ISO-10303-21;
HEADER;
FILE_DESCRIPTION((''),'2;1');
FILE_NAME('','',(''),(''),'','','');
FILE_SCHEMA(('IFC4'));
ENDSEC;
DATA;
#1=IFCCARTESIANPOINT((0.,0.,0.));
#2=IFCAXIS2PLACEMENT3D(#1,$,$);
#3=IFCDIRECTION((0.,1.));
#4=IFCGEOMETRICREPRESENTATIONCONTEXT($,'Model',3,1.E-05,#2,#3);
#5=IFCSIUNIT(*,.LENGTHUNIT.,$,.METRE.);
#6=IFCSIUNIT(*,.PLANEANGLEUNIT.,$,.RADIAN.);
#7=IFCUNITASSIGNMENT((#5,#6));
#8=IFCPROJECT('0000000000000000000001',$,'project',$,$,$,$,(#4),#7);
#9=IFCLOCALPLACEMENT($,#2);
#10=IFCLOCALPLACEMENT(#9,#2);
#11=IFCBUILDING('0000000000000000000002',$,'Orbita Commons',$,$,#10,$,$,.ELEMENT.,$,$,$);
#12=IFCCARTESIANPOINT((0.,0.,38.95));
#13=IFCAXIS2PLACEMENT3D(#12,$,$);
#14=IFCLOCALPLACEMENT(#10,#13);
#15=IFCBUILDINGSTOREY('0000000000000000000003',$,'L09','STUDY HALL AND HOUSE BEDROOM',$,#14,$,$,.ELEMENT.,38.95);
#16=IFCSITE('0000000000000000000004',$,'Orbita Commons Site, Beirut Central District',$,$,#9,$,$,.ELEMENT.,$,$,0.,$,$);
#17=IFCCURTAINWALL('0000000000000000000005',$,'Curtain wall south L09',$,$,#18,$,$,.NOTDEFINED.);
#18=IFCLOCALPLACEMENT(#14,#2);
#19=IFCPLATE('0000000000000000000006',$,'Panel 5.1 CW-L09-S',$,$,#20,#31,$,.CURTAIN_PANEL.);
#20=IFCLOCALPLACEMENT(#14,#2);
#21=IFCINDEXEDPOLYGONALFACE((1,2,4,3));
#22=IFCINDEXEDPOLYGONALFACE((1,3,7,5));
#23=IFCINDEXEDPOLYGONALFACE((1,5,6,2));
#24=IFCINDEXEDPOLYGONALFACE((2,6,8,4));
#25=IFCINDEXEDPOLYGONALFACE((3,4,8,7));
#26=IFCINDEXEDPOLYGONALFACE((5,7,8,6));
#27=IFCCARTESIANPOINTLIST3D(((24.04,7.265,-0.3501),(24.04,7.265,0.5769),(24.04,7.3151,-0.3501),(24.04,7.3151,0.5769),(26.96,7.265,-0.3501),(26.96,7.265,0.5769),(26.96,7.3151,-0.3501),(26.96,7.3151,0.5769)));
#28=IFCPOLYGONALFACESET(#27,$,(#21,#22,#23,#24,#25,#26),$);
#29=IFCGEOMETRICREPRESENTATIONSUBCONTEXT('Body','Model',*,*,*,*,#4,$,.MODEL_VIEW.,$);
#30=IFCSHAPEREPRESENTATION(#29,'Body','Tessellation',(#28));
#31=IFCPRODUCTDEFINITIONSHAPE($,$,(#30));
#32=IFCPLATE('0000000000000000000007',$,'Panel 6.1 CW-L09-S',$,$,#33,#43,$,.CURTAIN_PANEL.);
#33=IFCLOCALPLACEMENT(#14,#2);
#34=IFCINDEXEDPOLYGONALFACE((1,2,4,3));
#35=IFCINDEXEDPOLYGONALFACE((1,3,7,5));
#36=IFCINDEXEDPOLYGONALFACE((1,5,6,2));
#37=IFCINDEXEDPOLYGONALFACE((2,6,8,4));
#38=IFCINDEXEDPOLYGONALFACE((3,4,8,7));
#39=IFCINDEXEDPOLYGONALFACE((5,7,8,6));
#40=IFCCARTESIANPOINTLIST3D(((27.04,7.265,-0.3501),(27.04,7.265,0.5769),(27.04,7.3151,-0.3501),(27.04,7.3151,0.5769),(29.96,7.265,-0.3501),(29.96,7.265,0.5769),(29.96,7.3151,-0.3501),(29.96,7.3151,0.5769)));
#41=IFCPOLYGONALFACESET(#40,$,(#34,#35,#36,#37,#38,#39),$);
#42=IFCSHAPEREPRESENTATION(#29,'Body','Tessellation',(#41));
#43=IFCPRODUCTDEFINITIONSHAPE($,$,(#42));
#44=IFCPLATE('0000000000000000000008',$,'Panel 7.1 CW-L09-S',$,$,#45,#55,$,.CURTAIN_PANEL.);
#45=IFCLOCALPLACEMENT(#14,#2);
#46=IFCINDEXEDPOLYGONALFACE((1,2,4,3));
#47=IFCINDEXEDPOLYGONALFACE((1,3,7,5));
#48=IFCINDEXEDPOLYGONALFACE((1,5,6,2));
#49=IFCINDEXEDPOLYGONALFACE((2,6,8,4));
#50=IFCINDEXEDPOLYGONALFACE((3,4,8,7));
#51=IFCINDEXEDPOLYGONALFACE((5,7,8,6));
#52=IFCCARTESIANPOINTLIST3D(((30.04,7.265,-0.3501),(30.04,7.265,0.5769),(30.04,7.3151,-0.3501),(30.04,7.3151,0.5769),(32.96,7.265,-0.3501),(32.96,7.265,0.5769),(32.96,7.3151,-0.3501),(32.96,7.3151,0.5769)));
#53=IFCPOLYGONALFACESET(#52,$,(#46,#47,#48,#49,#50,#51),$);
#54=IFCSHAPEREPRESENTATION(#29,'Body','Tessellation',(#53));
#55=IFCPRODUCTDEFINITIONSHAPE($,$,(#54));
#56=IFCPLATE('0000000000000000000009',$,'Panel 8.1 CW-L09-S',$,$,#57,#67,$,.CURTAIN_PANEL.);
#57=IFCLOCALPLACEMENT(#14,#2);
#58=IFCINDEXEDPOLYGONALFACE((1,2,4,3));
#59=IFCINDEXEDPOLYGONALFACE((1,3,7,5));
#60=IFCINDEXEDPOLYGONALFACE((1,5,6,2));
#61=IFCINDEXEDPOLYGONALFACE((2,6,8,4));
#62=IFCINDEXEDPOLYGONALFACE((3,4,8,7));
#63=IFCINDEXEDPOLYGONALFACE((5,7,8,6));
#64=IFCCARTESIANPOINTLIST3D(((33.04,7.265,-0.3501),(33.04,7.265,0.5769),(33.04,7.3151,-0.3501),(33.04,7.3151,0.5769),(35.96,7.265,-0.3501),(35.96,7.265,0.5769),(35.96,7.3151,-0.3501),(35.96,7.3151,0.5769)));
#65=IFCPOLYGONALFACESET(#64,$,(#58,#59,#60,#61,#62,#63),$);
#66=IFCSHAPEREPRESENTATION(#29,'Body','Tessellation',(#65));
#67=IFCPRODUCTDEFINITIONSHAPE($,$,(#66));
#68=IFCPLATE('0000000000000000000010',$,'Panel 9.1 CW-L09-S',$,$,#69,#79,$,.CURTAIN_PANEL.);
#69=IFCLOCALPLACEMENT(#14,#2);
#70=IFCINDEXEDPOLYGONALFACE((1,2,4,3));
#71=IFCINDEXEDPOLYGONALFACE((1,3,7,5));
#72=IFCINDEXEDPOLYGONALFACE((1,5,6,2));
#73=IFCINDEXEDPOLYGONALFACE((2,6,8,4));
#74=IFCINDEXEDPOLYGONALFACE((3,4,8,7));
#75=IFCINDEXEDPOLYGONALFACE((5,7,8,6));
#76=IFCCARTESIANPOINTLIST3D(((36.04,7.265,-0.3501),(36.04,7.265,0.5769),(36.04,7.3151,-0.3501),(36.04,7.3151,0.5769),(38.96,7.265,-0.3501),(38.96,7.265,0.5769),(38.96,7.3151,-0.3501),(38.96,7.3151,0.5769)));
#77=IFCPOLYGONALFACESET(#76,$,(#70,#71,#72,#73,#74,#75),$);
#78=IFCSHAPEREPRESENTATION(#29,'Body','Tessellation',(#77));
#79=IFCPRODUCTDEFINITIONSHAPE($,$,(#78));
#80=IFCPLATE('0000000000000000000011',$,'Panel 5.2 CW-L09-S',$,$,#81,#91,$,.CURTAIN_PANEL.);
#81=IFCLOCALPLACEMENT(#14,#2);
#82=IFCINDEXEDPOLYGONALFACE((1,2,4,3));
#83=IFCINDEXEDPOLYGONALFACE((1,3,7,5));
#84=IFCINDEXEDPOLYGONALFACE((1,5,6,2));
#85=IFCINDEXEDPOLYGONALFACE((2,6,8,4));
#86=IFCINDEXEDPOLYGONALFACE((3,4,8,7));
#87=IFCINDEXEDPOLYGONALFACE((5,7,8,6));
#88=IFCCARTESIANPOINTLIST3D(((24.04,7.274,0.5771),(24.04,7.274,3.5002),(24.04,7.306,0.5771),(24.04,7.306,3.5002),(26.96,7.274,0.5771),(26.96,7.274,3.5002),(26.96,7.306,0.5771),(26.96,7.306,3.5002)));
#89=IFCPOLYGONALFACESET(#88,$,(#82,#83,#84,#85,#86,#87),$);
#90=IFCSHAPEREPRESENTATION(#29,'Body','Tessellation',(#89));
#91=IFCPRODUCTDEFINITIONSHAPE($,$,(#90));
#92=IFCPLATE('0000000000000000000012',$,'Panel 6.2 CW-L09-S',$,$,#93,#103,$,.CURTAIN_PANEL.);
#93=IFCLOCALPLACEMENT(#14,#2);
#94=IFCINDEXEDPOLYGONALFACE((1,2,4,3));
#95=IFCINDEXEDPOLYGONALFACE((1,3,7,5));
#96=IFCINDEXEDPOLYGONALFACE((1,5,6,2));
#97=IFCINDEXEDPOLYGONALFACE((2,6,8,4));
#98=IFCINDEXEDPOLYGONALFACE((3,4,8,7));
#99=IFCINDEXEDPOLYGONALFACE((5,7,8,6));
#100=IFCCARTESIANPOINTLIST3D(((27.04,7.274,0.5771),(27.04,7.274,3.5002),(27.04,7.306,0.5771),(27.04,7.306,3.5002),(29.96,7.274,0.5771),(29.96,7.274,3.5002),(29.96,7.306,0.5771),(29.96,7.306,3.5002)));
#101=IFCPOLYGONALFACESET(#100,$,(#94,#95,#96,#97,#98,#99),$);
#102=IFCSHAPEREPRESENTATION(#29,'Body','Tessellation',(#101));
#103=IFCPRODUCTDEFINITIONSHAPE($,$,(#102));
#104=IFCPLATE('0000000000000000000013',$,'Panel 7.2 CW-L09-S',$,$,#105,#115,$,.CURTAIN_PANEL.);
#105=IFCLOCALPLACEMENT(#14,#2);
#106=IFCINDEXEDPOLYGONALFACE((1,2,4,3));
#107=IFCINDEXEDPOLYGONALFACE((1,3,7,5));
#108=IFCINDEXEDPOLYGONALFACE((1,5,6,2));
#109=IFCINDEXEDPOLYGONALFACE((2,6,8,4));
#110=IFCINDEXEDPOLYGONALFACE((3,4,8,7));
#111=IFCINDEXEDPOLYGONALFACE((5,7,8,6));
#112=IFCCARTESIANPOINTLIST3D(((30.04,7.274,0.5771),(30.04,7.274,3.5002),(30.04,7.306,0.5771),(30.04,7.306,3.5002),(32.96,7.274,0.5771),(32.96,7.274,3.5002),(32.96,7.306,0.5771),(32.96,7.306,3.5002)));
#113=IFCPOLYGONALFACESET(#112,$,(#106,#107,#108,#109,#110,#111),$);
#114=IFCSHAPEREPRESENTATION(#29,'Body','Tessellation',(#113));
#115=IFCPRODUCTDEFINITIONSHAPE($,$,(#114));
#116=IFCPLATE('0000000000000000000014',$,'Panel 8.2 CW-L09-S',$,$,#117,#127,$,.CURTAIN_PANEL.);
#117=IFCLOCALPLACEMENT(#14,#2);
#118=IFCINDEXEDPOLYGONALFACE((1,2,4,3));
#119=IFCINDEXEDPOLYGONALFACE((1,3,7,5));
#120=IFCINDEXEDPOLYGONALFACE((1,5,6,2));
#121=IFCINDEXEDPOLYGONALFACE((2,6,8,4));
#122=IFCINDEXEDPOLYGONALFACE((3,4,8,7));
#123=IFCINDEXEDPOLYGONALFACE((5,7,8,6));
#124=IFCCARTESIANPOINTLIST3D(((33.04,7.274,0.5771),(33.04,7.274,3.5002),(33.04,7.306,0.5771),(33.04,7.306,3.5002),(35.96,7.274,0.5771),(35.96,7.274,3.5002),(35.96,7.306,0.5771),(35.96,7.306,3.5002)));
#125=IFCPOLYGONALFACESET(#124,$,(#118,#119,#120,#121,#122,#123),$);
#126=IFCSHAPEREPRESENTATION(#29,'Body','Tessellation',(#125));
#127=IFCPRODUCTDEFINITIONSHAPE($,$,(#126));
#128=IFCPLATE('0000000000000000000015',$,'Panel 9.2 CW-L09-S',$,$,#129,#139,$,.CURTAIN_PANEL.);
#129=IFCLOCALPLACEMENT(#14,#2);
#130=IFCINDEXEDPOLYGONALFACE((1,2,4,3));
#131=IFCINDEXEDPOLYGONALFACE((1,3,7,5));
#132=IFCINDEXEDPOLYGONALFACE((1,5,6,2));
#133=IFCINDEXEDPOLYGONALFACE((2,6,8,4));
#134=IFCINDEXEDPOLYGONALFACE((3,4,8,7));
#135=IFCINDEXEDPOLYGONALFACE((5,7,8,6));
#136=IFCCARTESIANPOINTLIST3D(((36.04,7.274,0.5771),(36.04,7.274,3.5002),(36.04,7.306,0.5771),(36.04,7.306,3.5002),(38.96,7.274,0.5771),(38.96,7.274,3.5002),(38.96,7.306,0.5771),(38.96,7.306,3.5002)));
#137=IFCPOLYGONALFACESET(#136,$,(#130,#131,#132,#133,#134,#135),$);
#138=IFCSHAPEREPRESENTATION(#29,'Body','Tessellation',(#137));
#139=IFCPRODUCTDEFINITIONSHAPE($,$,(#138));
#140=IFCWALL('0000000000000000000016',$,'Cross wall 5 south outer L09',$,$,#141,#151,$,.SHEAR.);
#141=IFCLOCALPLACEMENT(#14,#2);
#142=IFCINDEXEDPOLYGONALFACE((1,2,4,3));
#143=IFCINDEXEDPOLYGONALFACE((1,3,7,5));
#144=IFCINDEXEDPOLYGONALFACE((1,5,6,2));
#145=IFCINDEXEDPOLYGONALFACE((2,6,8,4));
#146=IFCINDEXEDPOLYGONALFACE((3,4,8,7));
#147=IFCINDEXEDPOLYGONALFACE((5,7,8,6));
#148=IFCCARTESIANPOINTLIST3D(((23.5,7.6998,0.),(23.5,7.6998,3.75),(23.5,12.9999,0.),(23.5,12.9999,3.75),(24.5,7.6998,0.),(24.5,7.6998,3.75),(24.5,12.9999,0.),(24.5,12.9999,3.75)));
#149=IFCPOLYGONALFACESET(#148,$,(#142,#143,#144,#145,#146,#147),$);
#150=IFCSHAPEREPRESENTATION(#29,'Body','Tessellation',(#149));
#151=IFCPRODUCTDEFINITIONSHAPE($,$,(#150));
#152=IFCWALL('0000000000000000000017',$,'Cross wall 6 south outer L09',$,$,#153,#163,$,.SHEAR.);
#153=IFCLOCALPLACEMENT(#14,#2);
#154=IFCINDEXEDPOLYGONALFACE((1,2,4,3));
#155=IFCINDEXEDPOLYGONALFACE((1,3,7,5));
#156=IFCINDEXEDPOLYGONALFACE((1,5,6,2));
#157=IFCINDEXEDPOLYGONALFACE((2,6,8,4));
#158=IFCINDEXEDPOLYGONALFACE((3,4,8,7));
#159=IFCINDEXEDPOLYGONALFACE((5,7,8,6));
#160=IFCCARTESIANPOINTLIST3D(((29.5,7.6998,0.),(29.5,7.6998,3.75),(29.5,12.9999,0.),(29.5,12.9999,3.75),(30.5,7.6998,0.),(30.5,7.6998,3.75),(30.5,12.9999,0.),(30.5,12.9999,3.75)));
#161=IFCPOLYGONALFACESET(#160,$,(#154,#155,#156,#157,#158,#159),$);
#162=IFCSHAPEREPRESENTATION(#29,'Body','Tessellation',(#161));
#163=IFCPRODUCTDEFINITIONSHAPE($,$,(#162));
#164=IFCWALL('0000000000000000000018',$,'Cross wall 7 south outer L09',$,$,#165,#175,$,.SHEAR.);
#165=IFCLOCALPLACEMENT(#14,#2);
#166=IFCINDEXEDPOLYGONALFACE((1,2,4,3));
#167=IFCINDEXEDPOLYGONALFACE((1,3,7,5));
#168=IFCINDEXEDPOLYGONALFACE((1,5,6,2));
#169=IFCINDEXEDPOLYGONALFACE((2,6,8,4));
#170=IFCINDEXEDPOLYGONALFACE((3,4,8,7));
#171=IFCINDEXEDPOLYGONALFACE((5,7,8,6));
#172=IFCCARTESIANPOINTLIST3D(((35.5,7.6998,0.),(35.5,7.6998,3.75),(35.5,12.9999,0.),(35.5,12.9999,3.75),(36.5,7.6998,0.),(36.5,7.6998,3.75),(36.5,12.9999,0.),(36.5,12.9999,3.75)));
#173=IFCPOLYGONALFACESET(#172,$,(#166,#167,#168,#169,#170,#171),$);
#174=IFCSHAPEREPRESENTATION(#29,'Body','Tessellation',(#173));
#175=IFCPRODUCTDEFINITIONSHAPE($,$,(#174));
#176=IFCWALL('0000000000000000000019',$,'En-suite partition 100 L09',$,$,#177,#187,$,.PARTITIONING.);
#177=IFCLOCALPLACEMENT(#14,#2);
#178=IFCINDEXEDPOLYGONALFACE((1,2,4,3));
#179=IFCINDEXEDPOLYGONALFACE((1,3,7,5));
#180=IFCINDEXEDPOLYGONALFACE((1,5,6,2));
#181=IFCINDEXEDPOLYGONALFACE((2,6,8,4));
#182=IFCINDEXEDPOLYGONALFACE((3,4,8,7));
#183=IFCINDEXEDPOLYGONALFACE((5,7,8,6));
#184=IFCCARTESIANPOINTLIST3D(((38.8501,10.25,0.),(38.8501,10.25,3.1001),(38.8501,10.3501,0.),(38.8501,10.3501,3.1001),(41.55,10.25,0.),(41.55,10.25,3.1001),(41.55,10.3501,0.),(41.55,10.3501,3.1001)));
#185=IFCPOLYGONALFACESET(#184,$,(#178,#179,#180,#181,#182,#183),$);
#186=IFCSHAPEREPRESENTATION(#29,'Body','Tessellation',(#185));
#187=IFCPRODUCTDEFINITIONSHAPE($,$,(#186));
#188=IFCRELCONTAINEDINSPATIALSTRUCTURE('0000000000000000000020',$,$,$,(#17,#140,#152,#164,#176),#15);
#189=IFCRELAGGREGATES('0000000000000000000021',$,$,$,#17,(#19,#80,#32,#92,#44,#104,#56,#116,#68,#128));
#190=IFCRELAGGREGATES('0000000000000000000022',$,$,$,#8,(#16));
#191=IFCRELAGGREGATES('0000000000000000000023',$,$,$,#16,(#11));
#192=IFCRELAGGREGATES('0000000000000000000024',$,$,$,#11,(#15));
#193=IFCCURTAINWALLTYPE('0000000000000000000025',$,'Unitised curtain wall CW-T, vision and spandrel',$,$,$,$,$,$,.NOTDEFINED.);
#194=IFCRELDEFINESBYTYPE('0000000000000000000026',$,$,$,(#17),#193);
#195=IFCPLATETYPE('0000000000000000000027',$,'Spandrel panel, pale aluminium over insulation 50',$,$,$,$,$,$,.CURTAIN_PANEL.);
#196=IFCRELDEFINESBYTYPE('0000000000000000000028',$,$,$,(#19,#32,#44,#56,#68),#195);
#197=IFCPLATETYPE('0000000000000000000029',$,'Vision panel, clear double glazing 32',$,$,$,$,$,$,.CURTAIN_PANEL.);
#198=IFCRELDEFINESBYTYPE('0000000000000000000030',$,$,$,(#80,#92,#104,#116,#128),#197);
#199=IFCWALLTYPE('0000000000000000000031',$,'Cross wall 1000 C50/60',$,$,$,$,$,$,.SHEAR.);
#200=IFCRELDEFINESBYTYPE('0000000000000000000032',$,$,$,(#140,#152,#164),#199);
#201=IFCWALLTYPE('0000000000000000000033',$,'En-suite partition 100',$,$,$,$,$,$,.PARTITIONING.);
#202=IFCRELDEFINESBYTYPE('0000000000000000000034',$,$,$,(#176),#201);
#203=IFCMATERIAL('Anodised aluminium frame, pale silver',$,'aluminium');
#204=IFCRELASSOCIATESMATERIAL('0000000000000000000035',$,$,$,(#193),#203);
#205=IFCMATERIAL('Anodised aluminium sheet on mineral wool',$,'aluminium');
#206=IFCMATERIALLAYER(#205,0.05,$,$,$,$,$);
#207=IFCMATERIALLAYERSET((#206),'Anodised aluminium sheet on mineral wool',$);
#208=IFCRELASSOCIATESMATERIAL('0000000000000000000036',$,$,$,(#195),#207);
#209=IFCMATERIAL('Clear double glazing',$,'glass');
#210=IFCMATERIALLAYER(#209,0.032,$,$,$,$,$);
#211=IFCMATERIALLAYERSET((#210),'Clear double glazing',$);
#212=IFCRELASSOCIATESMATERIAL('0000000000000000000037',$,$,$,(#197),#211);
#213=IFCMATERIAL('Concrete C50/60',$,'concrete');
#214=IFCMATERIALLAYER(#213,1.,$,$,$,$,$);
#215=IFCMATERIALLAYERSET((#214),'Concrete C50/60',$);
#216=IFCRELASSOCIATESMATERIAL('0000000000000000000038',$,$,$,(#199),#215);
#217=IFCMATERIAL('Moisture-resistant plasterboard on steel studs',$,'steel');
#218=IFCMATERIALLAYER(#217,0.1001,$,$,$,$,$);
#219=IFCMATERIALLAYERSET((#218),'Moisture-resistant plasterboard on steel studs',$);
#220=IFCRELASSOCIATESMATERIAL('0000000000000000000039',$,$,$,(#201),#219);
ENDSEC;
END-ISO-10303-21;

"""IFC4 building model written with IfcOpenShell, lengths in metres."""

from ifc_helpers import new_model, si_unit, direction, frame, frame_2d, origin, origin_2d, place, context, subcontext, project, spatial, polyline, rectangle, outline, extrude, material, layer, layer_set, type_object, element, aggregate, save


model = new_model("IFC4")

# Units and contexts
model_context = context("Model", 3, precision=1e-05, world=origin(), true_north=direction((0.0, 1.0)))
body_context = subcontext(model_context, "Body", "Model", "MODEL_VIEW")
ifc_project = project(units=[si_unit("LENGTHUNIT", "METRE"), si_unit("PLANEANGLEUNIT", "RADIAN")], contexts=[model_context])

# Site, building, storey
site_placement = place(None, origin())
site = spatial("IfcSite", under=ifc_project, at=site_placement, Name="Orbita Commons Site, Beirut Central District", CompositionType="ELEMENT", RefElevation=0.0)
building_placement = place(site_placement, origin())
building = spatial("IfcBuilding", under=site, at=building_placement, Name="Orbita Commons", CompositionType="ELEMENT")
storey_placement = place(building_placement, frame((0.0, 0.0, 38.95)))
storey = spatial("IfcBuildingStorey", under=building, at=storey_placement, Name="L09", Description="STUDY HALL AND HOUSE BEDROOM", CompositionType="ELEMENT", Elevation=38.95)

# Curtain wall, plates
ifc_material_1 = material(Name="Anodised aluminium frame, pale silver", Category="aluminium")
curtain_wall_type = type_object("IfcCurtainWallType", Name="Unitised curtain wall CW-T, vision and spandrel", PredefinedType="NOTDEFINED", material=ifc_material_1)
curtain_wall_placement = place(storey_placement, origin())
curtain_wall = element("IfcCurtainWall", 1, at=curtain_wall_placement, inside=storey, type_object=curtain_wall_type, Name="Curtain wall south L09", PredefinedType="NOTDEFINED")
ifc_material_2 = material(Name="Anodised aluminium sheet on mineral wool", Category="aluminium")
ifc_layer_1 = layer(ifc_material_2, 0.05)
ifc_layer_set_1 = layer_set([ifc_layer_1], Name="Anodised aluminium sheet on mineral wool")
plate_type_1 = type_object("IfcPlateType", Name="Spandrel panel, pale aluminium over insulation 50", PredefinedType="CURTAIN_PANEL", material=ifc_layer_set_1)
plate_1_placement = place(storey_placement, frame((25.5, 7.29, -0.3501), z_axis=(0.0, 0.0, 1.0), x_axis=(1.0, 0.0, 0.0)))
plate_1 = element("IfcPlate", 2, at=plate_1_placement, type_object=plate_type_1, Name="Panel 5.1 CW-L09-S", PredefinedType="CURTAIN_PANEL", context=body_context, shape_type="SweptSolid", body=[
    extrude(rectangle(XDim=2.9199, YDim=0.05, at=origin_2d()), origin(), (0.0, 0.0, 1.0), 0.927),
])
plate_2_placement = place(storey_placement, frame((28.5, 7.29, -0.3501), z_axis=(0.0, 0.0, 1.0), x_axis=(1.0, 0.0, 0.0)))
plate_2 = element("IfcPlate", 3, at=plate_2_placement, type_object=plate_type_1, Name="Panel 6.1 CW-L09-S", PredefinedType="CURTAIN_PANEL", context=body_context, shape_type="SweptSolid", body=[
    extrude(rectangle(XDim=2.9199, YDim=0.05, at=origin_2d()), origin(), (0.0, 0.0, 1.0), 0.927),
])
plate_3_placement = place(storey_placement, frame((31.5, 7.29, -0.3501), z_axis=(0.0, 0.0, 1.0), x_axis=(1.0, 0.0, 0.0)))
plate_3 = element("IfcPlate", 4, at=plate_3_placement, type_object=plate_type_1, Name="Panel 7.1 CW-L09-S", PredefinedType="CURTAIN_PANEL", context=body_context, shape_type="SweptSolid", body=[
    extrude(rectangle(XDim=2.9199, YDim=0.05, at=origin_2d()), origin(), (0.0, 0.0, 1.0), 0.927),
])
plate_4_placement = place(storey_placement, frame((34.5, 7.29, -0.3501), z_axis=(0.0, 0.0, 1.0), x_axis=(1.0, 0.0, 0.0)))
plate_4 = element("IfcPlate", 5, at=plate_4_placement, type_object=plate_type_1, Name="Panel 8.1 CW-L09-S", PredefinedType="CURTAIN_PANEL", context=body_context, shape_type="SweptSolid", body=[
    extrude(rectangle(XDim=2.9199, YDim=0.05, at=origin_2d()), origin(), (0.0, 0.0, 1.0), 0.927),
])
plate_5_placement = place(storey_placement, frame((37.5, 7.29, -0.3501), z_axis=(0.0, 0.0, 1.0), x_axis=(1.0, 0.0, 0.0)))
plate_5 = element("IfcPlate", 6, at=plate_5_placement, type_object=plate_type_1, Name="Panel 9.1 CW-L09-S", PredefinedType="CURTAIN_PANEL", context=body_context, shape_type="SweptSolid", body=[
    extrude(rectangle(XDim=2.9199, YDim=0.05, at=origin_2d()), origin(), (0.0, 0.0, 1.0), 0.927),
])
ifc_material_3 = material(Name="Clear double glazing", Category="glass")
ifc_layer_2 = layer(ifc_material_3, 0.032)
ifc_layer_set_2 = layer_set([ifc_layer_2], Name="Clear double glazing")
plate_type_2 = type_object("IfcPlateType", Name="Vision panel, clear double glazing 32", PredefinedType="CURTAIN_PANEL", material=ifc_layer_set_2)
plate_6_placement = place(storey_placement, frame((25.5, 7.29, 0.5771), z_axis=(0.0, 0.0, 1.0), x_axis=(1.0, 0.0, 0.0)))
plate_6 = element("IfcPlate", 7, at=plate_6_placement, type_object=plate_type_2, Name="Panel 5.2 CW-L09-S", PredefinedType="CURTAIN_PANEL", context=body_context, shape_type="SweptSolid", body=[
    extrude(rectangle(XDim=2.9199, YDim=0.032, at=origin_2d()), origin(), (0.0, 0.0, 1.0), 2.9231),
])
plate_7_placement = place(storey_placement, frame((28.5, 7.29, 0.5771), z_axis=(0.0, 0.0, 1.0), x_axis=(1.0, 0.0, 0.0)))
plate_7 = element("IfcPlate", 8, at=plate_7_placement, type_object=plate_type_2, Name="Panel 6.2 CW-L09-S", PredefinedType="CURTAIN_PANEL", context=body_context, shape_type="SweptSolid", body=[
    extrude(rectangle(XDim=2.9199, YDim=0.032, at=origin_2d()), origin(), (0.0, 0.0, 1.0), 2.9231),
])
plate_8_placement = place(storey_placement, frame((31.5, 7.29, 0.5771), z_axis=(0.0, 0.0, 1.0), x_axis=(1.0, 0.0, 0.0)))
plate_8 = element("IfcPlate", 9, at=plate_8_placement, type_object=plate_type_2, Name="Panel 7.2 CW-L09-S", PredefinedType="CURTAIN_PANEL", context=body_context, shape_type="SweptSolid", body=[
    extrude(rectangle(XDim=2.9199, YDim=0.032, at=origin_2d()), origin(), (0.0, 0.0, 1.0), 2.9231),
])
plate_9_placement = place(storey_placement, frame((34.5, 7.29, 0.5771), z_axis=(0.0, 0.0, 1.0), x_axis=(1.0, 0.0, 0.0)))
plate_9 = element("IfcPlate", 10, at=plate_9_placement, type_object=plate_type_2, Name="Panel 8.2 CW-L09-S", PredefinedType="CURTAIN_PANEL", context=body_context, shape_type="SweptSolid", body=[
    extrude(rectangle(XDim=2.9199, YDim=0.032, at=origin_2d()), origin(), (0.0, 0.0, 1.0), 2.9231),
])
plate_10_placement = place(storey_placement, frame((37.5, 7.29, 0.5771), z_axis=(0.0, 0.0, 1.0), x_axis=(1.0, 0.0, 0.0)))
plate_10 = element("IfcPlate", 11, at=plate_10_placement, type_object=plate_type_2, Name="Panel 9.2 CW-L09-S", PredefinedType="CURTAIN_PANEL", context=body_context, shape_type="SweptSolid", body=[
    extrude(rectangle(XDim=2.9199, YDim=0.032, at=origin_2d()), origin(), (0.0, 0.0, 1.0), 2.9231),
])
aggregate(curtain_wall, [plate_1, plate_6, plate_2, plate_7, plate_3, plate_8, plate_4, plate_9, plate_5, plate_10])

# Walls
ifc_material_4 = material(Name="Concrete C50/60", Category="concrete")
ifc_layer_3 = layer(ifc_material_4, 1.0)
ifc_layer_set_3 = layer_set([ifc_layer_3], Name="Concrete C50/60")
wall_type_1 = type_object("IfcWallType", Name="Cross wall 1000 C50/60", PredefinedType="SHEAR", material=ifc_layer_set_3)
for number, where, z_axis, x_axis, name in (
    (12, (24.0, 7.7, 0.0), (0.0, 0.0, 1.0), (0.0, 1.0, 0.0), "Cross wall 5 south outer L09"),
    (13, (30.0, 7.7, 0.0), (0.0, 0.0, 1.0), (0.0, 1.0, 0.0), "Cross wall 6 south outer L09"),
    (14, (36.0, 7.7, 0.0), (0.0, 0.0, 1.0), (0.0, 1.0, 0.0), "Cross wall 7 south outer L09"),
):
    element("IfcWall", number, at=place(storey_placement, frame(where, z_axis=z_axis, x_axis=x_axis)), inside=storey, type_object=wall_type_1, Name=name, PredefinedType="SHEAR", context=body_context, shape_type="SweptSolid", body=[
        extrude(rectangle(XDim=5.3, YDim=1.0, at=frame_2d((2.6499, 0.0))), origin(), (0.0, 0.0, 1.0), 3.75),
    ])
ifc_material_5 = material(Name="Moisture-resistant plasterboard on steel studs", Category="steel")
ifc_layer_4 = layer(ifc_material_5, 0.1001)
ifc_layer_set_4 = layer_set([ifc_layer_4], Name="Moisture-resistant plasterboard on steel studs")
wall_type_2 = type_object("IfcWallType", Name="En-suite partition 100", PredefinedType="PARTITIONING", material=ifc_layer_set_4)
wall_1_placement = place(storey_placement, frame((38.8501, 10.3, 0.0), z_axis=(0.0, 0.0, 1.0), x_axis=(1.0, 0.0, 0.0)))
element("IfcWall", 15, at=wall_1_placement, inside=storey, type_object=wall_type_2, Name="En-suite partition 100 L09", PredefinedType="PARTITIONING", context=body_context, shape_type="SweptSolid", body=[
    extrude(outline(polyline([(0.0, 0.0), (2.7, 0.0), (2.7, 3.1001), (0.0, 3.1001), (0.0, 0.0)])), frame((0.0, 0.05, 0.0), z_axis=(0.0, -1.0, 0.0), x_axis=(1.0, 0.0, 0.0)), (0.0, 0.0, 1.0), 0.1001),
])

save(model, "model.ifc")
